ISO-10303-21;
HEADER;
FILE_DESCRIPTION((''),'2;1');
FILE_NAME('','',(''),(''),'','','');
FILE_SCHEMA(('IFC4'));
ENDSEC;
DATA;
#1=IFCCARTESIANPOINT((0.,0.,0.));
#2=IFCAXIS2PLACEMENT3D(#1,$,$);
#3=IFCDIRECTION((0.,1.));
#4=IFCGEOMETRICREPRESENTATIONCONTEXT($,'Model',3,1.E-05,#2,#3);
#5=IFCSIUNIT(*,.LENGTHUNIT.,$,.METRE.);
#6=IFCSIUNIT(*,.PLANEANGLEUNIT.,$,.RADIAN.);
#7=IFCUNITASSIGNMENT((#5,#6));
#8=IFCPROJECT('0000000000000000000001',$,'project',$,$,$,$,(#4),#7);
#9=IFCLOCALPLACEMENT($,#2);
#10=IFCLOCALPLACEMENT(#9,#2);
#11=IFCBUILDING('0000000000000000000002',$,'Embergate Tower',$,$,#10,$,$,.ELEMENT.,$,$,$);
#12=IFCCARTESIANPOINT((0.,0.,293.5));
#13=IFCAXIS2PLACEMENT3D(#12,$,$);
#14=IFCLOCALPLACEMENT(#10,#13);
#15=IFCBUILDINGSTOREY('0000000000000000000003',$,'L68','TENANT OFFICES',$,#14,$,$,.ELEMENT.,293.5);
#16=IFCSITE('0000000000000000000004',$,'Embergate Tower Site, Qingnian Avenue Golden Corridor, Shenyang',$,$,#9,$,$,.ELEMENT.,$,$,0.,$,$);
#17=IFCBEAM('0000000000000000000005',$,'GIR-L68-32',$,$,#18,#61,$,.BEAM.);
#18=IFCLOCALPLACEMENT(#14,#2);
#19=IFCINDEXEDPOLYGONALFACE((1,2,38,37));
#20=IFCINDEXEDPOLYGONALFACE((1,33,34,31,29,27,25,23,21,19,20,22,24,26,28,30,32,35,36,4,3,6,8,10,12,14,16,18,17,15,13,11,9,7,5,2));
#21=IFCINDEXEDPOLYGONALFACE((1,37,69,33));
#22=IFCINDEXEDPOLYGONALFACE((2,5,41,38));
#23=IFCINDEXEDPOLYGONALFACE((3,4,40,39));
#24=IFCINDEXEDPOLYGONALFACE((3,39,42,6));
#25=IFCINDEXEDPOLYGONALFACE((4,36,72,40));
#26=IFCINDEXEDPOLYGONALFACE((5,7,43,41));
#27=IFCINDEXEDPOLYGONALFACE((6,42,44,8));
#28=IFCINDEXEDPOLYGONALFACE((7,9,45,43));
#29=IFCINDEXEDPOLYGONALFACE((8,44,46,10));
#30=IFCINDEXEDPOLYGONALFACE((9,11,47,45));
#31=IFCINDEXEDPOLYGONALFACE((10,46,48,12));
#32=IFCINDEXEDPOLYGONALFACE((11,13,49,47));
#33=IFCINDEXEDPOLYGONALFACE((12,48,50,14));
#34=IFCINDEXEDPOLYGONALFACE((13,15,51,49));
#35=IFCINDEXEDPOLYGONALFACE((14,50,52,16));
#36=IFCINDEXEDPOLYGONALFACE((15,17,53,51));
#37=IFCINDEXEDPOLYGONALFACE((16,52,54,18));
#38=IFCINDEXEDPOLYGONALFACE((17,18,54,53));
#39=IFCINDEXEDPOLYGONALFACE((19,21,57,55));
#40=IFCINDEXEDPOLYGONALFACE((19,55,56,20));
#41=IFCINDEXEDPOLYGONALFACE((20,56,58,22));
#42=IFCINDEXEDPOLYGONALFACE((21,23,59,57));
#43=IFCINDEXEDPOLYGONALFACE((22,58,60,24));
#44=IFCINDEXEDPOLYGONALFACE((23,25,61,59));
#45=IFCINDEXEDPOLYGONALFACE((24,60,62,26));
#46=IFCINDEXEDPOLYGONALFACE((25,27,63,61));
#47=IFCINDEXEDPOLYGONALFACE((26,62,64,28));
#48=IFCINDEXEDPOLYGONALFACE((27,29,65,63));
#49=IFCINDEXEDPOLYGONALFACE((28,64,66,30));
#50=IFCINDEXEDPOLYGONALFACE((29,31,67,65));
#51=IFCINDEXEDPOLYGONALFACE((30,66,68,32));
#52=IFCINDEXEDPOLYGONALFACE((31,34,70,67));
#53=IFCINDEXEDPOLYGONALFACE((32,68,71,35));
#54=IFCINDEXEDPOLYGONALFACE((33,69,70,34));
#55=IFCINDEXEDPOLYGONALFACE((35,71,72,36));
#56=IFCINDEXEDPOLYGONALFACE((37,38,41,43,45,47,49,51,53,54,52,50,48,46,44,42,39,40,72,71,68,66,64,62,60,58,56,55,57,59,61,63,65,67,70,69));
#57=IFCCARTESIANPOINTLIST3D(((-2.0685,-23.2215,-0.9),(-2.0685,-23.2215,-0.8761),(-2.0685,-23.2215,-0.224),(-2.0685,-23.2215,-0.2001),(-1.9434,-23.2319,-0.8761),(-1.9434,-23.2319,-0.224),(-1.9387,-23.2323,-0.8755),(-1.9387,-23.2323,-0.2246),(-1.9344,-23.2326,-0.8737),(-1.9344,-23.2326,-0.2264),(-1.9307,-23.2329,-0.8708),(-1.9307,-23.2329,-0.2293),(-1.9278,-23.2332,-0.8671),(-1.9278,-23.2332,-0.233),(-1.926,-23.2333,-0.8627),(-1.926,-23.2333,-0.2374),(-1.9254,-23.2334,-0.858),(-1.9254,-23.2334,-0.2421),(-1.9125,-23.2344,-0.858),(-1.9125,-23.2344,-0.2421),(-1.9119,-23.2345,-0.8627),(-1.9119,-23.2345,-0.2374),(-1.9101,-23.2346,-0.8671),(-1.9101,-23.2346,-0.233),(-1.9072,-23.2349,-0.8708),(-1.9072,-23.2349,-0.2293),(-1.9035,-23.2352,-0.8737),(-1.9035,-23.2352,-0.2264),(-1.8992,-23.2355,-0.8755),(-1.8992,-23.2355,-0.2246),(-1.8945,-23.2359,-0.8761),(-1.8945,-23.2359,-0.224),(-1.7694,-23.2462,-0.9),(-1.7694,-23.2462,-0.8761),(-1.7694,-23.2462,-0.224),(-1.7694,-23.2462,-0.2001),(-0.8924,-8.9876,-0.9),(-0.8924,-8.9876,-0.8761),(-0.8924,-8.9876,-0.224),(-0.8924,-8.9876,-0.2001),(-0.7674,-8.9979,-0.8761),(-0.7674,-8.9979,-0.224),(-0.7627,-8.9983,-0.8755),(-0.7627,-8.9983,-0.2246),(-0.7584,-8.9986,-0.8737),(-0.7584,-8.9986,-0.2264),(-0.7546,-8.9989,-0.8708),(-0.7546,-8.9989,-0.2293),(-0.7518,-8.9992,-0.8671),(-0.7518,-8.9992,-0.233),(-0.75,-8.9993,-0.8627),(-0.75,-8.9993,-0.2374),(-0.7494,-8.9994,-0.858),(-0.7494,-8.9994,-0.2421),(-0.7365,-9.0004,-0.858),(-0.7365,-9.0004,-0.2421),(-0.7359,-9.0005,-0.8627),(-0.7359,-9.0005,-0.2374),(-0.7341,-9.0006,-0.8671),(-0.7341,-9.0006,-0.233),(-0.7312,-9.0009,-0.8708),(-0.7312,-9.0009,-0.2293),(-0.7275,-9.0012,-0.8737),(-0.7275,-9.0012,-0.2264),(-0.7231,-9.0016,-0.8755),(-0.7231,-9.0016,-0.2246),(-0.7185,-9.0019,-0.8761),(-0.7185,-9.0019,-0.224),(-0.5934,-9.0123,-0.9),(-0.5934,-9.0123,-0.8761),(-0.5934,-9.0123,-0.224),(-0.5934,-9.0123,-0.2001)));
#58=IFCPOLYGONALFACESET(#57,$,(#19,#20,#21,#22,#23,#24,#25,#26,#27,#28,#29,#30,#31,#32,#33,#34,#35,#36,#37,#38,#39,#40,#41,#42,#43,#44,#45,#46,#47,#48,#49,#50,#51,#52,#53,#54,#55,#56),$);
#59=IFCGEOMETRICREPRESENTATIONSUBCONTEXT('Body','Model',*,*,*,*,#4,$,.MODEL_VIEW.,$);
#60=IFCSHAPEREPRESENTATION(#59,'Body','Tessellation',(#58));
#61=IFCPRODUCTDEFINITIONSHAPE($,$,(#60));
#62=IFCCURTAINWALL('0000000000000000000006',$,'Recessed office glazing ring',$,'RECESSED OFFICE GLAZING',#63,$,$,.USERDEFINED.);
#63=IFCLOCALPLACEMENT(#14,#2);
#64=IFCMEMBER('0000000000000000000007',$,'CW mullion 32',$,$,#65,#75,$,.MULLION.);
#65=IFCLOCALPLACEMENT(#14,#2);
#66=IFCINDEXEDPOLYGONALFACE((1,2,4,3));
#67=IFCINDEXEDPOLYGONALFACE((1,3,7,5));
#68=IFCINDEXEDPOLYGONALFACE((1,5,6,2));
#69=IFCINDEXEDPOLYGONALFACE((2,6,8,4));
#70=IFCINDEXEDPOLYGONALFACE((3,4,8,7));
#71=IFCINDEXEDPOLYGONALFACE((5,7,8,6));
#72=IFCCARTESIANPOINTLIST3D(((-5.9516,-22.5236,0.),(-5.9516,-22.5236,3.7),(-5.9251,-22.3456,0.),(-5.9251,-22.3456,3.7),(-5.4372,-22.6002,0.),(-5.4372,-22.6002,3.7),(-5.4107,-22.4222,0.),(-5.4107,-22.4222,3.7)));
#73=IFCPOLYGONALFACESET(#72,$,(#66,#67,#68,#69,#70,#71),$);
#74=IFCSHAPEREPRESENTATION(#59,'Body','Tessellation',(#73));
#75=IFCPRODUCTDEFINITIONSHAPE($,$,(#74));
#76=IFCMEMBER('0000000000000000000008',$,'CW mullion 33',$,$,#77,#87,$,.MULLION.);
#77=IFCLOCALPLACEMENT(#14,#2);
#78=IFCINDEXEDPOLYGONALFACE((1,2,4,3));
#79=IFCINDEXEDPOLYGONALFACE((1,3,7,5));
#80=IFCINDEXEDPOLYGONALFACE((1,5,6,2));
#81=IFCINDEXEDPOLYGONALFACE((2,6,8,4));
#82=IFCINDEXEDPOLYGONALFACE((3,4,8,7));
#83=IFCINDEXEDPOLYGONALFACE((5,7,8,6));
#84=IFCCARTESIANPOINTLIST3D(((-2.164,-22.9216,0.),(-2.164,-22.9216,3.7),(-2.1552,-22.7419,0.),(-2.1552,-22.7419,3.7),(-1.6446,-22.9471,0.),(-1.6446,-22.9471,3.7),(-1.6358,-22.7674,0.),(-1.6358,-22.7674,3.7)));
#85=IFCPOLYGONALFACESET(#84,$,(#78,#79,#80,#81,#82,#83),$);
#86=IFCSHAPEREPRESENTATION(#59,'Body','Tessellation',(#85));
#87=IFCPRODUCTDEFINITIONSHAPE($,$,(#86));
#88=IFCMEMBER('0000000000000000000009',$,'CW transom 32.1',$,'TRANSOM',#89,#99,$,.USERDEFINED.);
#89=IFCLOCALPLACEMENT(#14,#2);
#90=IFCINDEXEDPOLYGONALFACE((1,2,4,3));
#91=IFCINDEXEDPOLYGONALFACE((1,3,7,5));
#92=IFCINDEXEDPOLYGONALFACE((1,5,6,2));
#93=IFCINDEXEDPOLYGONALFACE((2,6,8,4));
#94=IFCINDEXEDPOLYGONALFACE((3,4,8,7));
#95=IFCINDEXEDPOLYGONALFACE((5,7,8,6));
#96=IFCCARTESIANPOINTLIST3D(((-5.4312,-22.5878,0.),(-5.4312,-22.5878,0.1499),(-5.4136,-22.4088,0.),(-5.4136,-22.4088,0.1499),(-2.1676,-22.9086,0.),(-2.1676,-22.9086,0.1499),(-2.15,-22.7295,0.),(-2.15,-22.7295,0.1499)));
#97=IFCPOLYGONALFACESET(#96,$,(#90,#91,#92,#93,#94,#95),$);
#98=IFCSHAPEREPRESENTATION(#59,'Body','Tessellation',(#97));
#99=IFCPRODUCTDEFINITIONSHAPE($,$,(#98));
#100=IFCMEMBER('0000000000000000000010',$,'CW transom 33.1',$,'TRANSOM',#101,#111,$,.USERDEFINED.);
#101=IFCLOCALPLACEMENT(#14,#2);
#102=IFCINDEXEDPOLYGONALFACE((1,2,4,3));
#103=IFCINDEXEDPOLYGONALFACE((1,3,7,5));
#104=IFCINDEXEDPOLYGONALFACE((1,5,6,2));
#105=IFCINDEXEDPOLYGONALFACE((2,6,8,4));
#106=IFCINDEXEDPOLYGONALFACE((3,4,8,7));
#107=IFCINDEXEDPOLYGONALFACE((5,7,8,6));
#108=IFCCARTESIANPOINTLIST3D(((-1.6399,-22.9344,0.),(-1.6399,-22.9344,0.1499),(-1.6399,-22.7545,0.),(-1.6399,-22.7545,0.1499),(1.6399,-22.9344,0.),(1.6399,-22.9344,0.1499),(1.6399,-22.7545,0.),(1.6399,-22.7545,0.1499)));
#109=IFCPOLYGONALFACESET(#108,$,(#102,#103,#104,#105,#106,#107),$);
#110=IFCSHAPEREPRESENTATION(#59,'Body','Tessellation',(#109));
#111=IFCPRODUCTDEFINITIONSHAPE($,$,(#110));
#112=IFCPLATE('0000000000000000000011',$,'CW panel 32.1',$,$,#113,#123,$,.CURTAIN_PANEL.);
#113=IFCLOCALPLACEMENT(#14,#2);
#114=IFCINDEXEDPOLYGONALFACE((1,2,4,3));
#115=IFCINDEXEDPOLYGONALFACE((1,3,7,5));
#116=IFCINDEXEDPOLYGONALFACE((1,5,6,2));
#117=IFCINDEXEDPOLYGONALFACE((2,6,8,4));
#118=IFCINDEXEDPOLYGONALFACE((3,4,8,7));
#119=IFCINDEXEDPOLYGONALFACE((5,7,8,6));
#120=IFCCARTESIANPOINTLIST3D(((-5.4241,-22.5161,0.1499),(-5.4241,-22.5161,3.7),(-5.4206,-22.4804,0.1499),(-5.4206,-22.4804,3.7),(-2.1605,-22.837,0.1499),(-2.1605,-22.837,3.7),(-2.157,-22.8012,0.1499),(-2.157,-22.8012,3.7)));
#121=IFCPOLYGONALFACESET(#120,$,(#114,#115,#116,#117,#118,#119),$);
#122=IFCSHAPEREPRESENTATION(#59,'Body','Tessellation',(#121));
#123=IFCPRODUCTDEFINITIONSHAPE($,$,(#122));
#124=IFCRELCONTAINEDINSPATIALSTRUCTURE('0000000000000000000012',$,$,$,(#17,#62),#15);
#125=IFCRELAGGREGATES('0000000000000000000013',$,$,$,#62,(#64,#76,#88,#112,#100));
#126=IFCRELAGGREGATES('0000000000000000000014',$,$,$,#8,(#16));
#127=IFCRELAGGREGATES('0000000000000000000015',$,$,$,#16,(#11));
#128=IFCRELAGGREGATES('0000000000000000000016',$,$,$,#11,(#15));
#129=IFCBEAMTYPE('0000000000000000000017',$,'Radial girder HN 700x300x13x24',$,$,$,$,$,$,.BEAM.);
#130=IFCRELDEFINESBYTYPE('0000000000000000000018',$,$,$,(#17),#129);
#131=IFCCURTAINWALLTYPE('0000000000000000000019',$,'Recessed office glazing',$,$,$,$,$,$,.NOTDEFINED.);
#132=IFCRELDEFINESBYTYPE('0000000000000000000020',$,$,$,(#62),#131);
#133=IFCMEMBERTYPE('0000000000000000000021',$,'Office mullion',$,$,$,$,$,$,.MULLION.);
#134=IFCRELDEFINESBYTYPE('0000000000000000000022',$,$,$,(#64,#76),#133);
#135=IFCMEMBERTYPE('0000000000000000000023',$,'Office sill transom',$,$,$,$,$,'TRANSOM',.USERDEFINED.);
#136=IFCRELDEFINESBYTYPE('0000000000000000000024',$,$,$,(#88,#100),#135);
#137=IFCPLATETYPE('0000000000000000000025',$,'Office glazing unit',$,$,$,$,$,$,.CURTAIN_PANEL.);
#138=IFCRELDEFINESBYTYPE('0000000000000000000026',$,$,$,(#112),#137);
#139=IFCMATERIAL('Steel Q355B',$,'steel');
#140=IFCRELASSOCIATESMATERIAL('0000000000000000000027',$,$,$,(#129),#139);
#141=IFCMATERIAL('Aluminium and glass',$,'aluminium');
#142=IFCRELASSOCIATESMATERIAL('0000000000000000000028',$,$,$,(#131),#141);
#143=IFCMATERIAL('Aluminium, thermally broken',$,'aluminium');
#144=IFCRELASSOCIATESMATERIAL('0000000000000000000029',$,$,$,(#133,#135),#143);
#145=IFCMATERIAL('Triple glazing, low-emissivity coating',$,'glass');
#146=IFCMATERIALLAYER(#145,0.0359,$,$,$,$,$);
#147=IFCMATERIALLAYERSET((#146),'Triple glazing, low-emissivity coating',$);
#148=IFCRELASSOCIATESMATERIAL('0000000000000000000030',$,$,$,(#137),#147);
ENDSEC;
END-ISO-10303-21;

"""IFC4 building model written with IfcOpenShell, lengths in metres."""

from ifc_helpers import new_model, si_unit, direction, frame, origin, origin_2d, place, context, subcontext, project, spatial, rectangle, i_section, extrude, source, transform, mapped, material, layer, layer_set, material_profile, profile_set, type_object, element, aggregate, save


model = new_model("IFC4")

# Units and contexts
model_context = context("Model", 3, precision=1e-05, world=origin(), true_north=direction((0.0, 1.0)))
body_context = subcontext(model_context, "Body", "Model", "MODEL_VIEW")
ifc_project = project(units=[si_unit("LENGTHUNIT", "METRE"), si_unit("PLANEANGLEUNIT", "RADIAN")], contexts=[model_context])

# Site, building, storey
site_placement = place(None, origin())
site = spatial("IfcSite", under=ifc_project, at=site_placement, Name="Embergate Tower Site, Qingnian Avenue Golden Corridor, Shenyang", CompositionType="ELEMENT", RefElevation=0.0)
building_placement = place(site_placement, origin())
building = spatial("IfcBuilding", under=site, at=building_placement, Name="Embergate Tower", CompositionType="ELEMENT")
storey_placement = place(building_placement, frame((0.0, 0.0, 293.5)))
storey = spatial("IfcBuildingStorey", under=building, at=storey_placement, Name="L68", Description="TENANT OFFICES", CompositionType="ELEMENT", Elevation=293.5)

# Beam
ifc_material_1 = material(Name="Steel Q355B", Category="steel")
ifc_material_profile_1 = material_profile(ifc_material_1, i_section(OverallWidth=0.3, OverallDepth=0.7, WebThickness=0.0129, FlangeThickness=0.0239, FilletRadius=0.0181, at=origin_2d()), Name="HN 700x300x13x24")
ifc_profile_set_1 = profile_set([ifc_material_profile_1], Name="Steel Q355 grade B")
beam_type_1 = type_object("IfcBeamType", Name="Radial girder HN 700x300x13x24", PredefinedType="BEAM", material=ifc_profile_set_1)
shared_shape_1 = source(origin(), body_context, "Body", "SweptSolid", [
    extrude(i_section(OverallWidth=0.3, OverallDepth=0.7, WebThickness=0.0129, FlangeThickness=0.0239, FilletRadius=0.0181, at=origin_2d()), origin(), (0.0, 0.0, 1.0), 14.2825),
])
beam_1_placement = place(storey_placement, frame((-1.9189, -23.2339, -0.55), z_axis=(0.082341, 0.996604, 0.0), x_axis=(-0.996604, 0.082341, 0.0)))
element("IfcBeam", 1, at=beam_1_placement, inside=storey, type_object=beam_type_1, Name="GIR-L68-32", PredefinedType="BEAM", context=body_context, shape_type="MappedRepresentation", body=[
    mapped(shared_shape_1, transform((0.0, 0.0, 0.0))),
])

# Curtain wall, members, plate
ifc_material_2 = material(Name="Aluminium and glass", Category="aluminium")
curtain_wall_type = type_object("IfcCurtainWallType", Name="Recessed office glazing", PredefinedType="NOTDEFINED", material=ifc_material_2)
curtain_wall_placement = place(storey_placement, origin())
curtain_wall = element("IfcCurtainWall", 2, at=curtain_wall_placement, inside=storey, type_object=curtain_wall_type, Name="Recessed office glazing ring", ObjectType="RECESSED OFFICE GLAZING", PredefinedType="USERDEFINED")
ifc_material_3 = material(Name="Aluminium, thermally broken", Category="aluminium")
ifc_material_profile_2 = material_profile(ifc_material_3, rectangle(XDim=0.1799, YDim=0.52, at=origin_2d()), Name="AL 520x180")
ifc_profile_set_2 = profile_set([ifc_material_profile_2], Name="Aluminium, thermally broken")
member_type_1 = type_object("IfcMemberType", Name="Office mullion", PredefinedType="MULLION", material=ifc_profile_set_2)
shared_shape_2 = source(origin(), body_context, "Body", "SweptSolid", [
    extrude(rectangle(XDim=0.1799, YDim=0.52, at=origin_2d()), origin(), (0.0, 0.0, 1.0), 3.7),
])
member_1_placement = place(storey_placement, frame((-5.6812, -22.4729, 0.0), z_axis=(0.0, 0.0, 1.0), x_axis=(0.147412, 0.989075, 0.0)))
member_1 = element("IfcMember", 3, at=member_1_placement, type_object=member_type_1, Name="CW mullion 32", PredefinedType="MULLION", context=body_context, shape_type="MappedRepresentation", body=[
    mapped(shared_shape_2, transform((0.0, 0.0, 0.0))),
])
member_2_placement = place(storey_placement, frame((-1.8999, -22.8445, 0.0), z_axis=(0.0, 0.0, 1.0), x_axis=(0.048972, 0.9988, 0.0)))
member_2 = element("IfcMember", 4, at=member_2_placement, type_object=member_type_1, Name="CW mullion 33", PredefinedType="MULLION", context=body_context, shape_type="MappedRepresentation", body=[
    mapped(shared_shape_2, transform((0.0, 0.0, 0.0))),
])
ifc_material_profile_3 = material_profile(ifc_material_3, rectangle(XDim=0.1799, YDim=0.1499, at=origin_2d()), Name="AL 150x180")
ifc_profile_set_3 = profile_set([ifc_material_profile_3], Name="Aluminium, thermally broken")
member_type_2 = type_object("IfcMemberType", Name="Office sill transom", ElementType="TRANSOM", PredefinedType="USERDEFINED", material=ifc_profile_set_3)
shared_shape_3 = source(origin(), body_context, "Body", "SweptSolid", [
    extrude(rectangle(XDim=0.1799, YDim=0.1499, at=origin_2d()), origin(), (0.0, 0.0, 1.0), 3.2793),
])
member_3_placement = place(storey_placement, frame((-5.4224, -22.4983, 0.075), z_axis=(0.995204, -0.097823, 0.0), x_axis=(0.097823, 0.995204, 0.0)))
member_3 = element("IfcMember", 5, at=member_3_placement, type_object=member_type_2, Name="CW transom 32.1", ObjectType="TRANSOM", PredefinedType="USERDEFINED", context=body_context, shape_type="MappedRepresentation", body=[
    mapped(shared_shape_3, transform((0.0, 0.0, 0.0))),
])
shared_shape_4 = source(origin(), body_context, "Body", "SweptSolid", [
    extrude(rectangle(XDim=0.1799, YDim=0.1499, at=origin_2d()), origin(), (0.0, 0.0, 1.0), 3.2798),
])
member_4_placement = place(storey_placement, frame((-1.6399, -22.8445, 0.075), z_axis=(1.0, 0.0, 0.0), x_axis=(0.0, 1.0, 0.0)))
member_4 = element("IfcMember", 6, at=member_4_placement, type_object=member_type_2, Name="CW transom 33.1", ObjectType="TRANSOM", PredefinedType="USERDEFINED", context=body_context, shape_type="MappedRepresentation", body=[
    mapped(shared_shape_4, transform((0.0, 0.0, 0.0))),
])
ifc_material_4 = material(Name="Triple glazing, low-emissivity coating", Category="glass")
ifc_layer = layer(ifc_material_4, 0.0359)
ifc_layer_set = layer_set([ifc_layer], Name="Triple glazing, low-emissivity coating")
plate_type = type_object("IfcPlateType", Name="Office glazing unit", PredefinedType="CURTAIN_PANEL", material=ifc_layer_set)
shared_shape_5 = source(origin(), body_context, "Body", "SweptSolid", [
    extrude(rectangle(XDim=3.2793, YDim=0.0359, at=origin_2d()), origin(), (0.0, 0.0, 1.0), 3.55),
])
plate_placement = place(storey_placement, frame((-3.7905, -22.6587, 0.1499), z_axis=(0.0, 0.0, 1.0), x_axis=(0.995203, -0.09783, 0.0)))
plate = element("IfcPlate", 7, at=plate_placement, type_object=plate_type, Name="CW panel 32.1", PredefinedType="CURTAIN_PANEL", context=body_context, shape_type="MappedRepresentation", body=[
    mapped(shared_shape_5, transform((0.0, 0.0, 0.0))),
])
aggregate(curtain_wall, [member_1, member_2, member_3, plate, member_4])

save(model, "model.ifc")
